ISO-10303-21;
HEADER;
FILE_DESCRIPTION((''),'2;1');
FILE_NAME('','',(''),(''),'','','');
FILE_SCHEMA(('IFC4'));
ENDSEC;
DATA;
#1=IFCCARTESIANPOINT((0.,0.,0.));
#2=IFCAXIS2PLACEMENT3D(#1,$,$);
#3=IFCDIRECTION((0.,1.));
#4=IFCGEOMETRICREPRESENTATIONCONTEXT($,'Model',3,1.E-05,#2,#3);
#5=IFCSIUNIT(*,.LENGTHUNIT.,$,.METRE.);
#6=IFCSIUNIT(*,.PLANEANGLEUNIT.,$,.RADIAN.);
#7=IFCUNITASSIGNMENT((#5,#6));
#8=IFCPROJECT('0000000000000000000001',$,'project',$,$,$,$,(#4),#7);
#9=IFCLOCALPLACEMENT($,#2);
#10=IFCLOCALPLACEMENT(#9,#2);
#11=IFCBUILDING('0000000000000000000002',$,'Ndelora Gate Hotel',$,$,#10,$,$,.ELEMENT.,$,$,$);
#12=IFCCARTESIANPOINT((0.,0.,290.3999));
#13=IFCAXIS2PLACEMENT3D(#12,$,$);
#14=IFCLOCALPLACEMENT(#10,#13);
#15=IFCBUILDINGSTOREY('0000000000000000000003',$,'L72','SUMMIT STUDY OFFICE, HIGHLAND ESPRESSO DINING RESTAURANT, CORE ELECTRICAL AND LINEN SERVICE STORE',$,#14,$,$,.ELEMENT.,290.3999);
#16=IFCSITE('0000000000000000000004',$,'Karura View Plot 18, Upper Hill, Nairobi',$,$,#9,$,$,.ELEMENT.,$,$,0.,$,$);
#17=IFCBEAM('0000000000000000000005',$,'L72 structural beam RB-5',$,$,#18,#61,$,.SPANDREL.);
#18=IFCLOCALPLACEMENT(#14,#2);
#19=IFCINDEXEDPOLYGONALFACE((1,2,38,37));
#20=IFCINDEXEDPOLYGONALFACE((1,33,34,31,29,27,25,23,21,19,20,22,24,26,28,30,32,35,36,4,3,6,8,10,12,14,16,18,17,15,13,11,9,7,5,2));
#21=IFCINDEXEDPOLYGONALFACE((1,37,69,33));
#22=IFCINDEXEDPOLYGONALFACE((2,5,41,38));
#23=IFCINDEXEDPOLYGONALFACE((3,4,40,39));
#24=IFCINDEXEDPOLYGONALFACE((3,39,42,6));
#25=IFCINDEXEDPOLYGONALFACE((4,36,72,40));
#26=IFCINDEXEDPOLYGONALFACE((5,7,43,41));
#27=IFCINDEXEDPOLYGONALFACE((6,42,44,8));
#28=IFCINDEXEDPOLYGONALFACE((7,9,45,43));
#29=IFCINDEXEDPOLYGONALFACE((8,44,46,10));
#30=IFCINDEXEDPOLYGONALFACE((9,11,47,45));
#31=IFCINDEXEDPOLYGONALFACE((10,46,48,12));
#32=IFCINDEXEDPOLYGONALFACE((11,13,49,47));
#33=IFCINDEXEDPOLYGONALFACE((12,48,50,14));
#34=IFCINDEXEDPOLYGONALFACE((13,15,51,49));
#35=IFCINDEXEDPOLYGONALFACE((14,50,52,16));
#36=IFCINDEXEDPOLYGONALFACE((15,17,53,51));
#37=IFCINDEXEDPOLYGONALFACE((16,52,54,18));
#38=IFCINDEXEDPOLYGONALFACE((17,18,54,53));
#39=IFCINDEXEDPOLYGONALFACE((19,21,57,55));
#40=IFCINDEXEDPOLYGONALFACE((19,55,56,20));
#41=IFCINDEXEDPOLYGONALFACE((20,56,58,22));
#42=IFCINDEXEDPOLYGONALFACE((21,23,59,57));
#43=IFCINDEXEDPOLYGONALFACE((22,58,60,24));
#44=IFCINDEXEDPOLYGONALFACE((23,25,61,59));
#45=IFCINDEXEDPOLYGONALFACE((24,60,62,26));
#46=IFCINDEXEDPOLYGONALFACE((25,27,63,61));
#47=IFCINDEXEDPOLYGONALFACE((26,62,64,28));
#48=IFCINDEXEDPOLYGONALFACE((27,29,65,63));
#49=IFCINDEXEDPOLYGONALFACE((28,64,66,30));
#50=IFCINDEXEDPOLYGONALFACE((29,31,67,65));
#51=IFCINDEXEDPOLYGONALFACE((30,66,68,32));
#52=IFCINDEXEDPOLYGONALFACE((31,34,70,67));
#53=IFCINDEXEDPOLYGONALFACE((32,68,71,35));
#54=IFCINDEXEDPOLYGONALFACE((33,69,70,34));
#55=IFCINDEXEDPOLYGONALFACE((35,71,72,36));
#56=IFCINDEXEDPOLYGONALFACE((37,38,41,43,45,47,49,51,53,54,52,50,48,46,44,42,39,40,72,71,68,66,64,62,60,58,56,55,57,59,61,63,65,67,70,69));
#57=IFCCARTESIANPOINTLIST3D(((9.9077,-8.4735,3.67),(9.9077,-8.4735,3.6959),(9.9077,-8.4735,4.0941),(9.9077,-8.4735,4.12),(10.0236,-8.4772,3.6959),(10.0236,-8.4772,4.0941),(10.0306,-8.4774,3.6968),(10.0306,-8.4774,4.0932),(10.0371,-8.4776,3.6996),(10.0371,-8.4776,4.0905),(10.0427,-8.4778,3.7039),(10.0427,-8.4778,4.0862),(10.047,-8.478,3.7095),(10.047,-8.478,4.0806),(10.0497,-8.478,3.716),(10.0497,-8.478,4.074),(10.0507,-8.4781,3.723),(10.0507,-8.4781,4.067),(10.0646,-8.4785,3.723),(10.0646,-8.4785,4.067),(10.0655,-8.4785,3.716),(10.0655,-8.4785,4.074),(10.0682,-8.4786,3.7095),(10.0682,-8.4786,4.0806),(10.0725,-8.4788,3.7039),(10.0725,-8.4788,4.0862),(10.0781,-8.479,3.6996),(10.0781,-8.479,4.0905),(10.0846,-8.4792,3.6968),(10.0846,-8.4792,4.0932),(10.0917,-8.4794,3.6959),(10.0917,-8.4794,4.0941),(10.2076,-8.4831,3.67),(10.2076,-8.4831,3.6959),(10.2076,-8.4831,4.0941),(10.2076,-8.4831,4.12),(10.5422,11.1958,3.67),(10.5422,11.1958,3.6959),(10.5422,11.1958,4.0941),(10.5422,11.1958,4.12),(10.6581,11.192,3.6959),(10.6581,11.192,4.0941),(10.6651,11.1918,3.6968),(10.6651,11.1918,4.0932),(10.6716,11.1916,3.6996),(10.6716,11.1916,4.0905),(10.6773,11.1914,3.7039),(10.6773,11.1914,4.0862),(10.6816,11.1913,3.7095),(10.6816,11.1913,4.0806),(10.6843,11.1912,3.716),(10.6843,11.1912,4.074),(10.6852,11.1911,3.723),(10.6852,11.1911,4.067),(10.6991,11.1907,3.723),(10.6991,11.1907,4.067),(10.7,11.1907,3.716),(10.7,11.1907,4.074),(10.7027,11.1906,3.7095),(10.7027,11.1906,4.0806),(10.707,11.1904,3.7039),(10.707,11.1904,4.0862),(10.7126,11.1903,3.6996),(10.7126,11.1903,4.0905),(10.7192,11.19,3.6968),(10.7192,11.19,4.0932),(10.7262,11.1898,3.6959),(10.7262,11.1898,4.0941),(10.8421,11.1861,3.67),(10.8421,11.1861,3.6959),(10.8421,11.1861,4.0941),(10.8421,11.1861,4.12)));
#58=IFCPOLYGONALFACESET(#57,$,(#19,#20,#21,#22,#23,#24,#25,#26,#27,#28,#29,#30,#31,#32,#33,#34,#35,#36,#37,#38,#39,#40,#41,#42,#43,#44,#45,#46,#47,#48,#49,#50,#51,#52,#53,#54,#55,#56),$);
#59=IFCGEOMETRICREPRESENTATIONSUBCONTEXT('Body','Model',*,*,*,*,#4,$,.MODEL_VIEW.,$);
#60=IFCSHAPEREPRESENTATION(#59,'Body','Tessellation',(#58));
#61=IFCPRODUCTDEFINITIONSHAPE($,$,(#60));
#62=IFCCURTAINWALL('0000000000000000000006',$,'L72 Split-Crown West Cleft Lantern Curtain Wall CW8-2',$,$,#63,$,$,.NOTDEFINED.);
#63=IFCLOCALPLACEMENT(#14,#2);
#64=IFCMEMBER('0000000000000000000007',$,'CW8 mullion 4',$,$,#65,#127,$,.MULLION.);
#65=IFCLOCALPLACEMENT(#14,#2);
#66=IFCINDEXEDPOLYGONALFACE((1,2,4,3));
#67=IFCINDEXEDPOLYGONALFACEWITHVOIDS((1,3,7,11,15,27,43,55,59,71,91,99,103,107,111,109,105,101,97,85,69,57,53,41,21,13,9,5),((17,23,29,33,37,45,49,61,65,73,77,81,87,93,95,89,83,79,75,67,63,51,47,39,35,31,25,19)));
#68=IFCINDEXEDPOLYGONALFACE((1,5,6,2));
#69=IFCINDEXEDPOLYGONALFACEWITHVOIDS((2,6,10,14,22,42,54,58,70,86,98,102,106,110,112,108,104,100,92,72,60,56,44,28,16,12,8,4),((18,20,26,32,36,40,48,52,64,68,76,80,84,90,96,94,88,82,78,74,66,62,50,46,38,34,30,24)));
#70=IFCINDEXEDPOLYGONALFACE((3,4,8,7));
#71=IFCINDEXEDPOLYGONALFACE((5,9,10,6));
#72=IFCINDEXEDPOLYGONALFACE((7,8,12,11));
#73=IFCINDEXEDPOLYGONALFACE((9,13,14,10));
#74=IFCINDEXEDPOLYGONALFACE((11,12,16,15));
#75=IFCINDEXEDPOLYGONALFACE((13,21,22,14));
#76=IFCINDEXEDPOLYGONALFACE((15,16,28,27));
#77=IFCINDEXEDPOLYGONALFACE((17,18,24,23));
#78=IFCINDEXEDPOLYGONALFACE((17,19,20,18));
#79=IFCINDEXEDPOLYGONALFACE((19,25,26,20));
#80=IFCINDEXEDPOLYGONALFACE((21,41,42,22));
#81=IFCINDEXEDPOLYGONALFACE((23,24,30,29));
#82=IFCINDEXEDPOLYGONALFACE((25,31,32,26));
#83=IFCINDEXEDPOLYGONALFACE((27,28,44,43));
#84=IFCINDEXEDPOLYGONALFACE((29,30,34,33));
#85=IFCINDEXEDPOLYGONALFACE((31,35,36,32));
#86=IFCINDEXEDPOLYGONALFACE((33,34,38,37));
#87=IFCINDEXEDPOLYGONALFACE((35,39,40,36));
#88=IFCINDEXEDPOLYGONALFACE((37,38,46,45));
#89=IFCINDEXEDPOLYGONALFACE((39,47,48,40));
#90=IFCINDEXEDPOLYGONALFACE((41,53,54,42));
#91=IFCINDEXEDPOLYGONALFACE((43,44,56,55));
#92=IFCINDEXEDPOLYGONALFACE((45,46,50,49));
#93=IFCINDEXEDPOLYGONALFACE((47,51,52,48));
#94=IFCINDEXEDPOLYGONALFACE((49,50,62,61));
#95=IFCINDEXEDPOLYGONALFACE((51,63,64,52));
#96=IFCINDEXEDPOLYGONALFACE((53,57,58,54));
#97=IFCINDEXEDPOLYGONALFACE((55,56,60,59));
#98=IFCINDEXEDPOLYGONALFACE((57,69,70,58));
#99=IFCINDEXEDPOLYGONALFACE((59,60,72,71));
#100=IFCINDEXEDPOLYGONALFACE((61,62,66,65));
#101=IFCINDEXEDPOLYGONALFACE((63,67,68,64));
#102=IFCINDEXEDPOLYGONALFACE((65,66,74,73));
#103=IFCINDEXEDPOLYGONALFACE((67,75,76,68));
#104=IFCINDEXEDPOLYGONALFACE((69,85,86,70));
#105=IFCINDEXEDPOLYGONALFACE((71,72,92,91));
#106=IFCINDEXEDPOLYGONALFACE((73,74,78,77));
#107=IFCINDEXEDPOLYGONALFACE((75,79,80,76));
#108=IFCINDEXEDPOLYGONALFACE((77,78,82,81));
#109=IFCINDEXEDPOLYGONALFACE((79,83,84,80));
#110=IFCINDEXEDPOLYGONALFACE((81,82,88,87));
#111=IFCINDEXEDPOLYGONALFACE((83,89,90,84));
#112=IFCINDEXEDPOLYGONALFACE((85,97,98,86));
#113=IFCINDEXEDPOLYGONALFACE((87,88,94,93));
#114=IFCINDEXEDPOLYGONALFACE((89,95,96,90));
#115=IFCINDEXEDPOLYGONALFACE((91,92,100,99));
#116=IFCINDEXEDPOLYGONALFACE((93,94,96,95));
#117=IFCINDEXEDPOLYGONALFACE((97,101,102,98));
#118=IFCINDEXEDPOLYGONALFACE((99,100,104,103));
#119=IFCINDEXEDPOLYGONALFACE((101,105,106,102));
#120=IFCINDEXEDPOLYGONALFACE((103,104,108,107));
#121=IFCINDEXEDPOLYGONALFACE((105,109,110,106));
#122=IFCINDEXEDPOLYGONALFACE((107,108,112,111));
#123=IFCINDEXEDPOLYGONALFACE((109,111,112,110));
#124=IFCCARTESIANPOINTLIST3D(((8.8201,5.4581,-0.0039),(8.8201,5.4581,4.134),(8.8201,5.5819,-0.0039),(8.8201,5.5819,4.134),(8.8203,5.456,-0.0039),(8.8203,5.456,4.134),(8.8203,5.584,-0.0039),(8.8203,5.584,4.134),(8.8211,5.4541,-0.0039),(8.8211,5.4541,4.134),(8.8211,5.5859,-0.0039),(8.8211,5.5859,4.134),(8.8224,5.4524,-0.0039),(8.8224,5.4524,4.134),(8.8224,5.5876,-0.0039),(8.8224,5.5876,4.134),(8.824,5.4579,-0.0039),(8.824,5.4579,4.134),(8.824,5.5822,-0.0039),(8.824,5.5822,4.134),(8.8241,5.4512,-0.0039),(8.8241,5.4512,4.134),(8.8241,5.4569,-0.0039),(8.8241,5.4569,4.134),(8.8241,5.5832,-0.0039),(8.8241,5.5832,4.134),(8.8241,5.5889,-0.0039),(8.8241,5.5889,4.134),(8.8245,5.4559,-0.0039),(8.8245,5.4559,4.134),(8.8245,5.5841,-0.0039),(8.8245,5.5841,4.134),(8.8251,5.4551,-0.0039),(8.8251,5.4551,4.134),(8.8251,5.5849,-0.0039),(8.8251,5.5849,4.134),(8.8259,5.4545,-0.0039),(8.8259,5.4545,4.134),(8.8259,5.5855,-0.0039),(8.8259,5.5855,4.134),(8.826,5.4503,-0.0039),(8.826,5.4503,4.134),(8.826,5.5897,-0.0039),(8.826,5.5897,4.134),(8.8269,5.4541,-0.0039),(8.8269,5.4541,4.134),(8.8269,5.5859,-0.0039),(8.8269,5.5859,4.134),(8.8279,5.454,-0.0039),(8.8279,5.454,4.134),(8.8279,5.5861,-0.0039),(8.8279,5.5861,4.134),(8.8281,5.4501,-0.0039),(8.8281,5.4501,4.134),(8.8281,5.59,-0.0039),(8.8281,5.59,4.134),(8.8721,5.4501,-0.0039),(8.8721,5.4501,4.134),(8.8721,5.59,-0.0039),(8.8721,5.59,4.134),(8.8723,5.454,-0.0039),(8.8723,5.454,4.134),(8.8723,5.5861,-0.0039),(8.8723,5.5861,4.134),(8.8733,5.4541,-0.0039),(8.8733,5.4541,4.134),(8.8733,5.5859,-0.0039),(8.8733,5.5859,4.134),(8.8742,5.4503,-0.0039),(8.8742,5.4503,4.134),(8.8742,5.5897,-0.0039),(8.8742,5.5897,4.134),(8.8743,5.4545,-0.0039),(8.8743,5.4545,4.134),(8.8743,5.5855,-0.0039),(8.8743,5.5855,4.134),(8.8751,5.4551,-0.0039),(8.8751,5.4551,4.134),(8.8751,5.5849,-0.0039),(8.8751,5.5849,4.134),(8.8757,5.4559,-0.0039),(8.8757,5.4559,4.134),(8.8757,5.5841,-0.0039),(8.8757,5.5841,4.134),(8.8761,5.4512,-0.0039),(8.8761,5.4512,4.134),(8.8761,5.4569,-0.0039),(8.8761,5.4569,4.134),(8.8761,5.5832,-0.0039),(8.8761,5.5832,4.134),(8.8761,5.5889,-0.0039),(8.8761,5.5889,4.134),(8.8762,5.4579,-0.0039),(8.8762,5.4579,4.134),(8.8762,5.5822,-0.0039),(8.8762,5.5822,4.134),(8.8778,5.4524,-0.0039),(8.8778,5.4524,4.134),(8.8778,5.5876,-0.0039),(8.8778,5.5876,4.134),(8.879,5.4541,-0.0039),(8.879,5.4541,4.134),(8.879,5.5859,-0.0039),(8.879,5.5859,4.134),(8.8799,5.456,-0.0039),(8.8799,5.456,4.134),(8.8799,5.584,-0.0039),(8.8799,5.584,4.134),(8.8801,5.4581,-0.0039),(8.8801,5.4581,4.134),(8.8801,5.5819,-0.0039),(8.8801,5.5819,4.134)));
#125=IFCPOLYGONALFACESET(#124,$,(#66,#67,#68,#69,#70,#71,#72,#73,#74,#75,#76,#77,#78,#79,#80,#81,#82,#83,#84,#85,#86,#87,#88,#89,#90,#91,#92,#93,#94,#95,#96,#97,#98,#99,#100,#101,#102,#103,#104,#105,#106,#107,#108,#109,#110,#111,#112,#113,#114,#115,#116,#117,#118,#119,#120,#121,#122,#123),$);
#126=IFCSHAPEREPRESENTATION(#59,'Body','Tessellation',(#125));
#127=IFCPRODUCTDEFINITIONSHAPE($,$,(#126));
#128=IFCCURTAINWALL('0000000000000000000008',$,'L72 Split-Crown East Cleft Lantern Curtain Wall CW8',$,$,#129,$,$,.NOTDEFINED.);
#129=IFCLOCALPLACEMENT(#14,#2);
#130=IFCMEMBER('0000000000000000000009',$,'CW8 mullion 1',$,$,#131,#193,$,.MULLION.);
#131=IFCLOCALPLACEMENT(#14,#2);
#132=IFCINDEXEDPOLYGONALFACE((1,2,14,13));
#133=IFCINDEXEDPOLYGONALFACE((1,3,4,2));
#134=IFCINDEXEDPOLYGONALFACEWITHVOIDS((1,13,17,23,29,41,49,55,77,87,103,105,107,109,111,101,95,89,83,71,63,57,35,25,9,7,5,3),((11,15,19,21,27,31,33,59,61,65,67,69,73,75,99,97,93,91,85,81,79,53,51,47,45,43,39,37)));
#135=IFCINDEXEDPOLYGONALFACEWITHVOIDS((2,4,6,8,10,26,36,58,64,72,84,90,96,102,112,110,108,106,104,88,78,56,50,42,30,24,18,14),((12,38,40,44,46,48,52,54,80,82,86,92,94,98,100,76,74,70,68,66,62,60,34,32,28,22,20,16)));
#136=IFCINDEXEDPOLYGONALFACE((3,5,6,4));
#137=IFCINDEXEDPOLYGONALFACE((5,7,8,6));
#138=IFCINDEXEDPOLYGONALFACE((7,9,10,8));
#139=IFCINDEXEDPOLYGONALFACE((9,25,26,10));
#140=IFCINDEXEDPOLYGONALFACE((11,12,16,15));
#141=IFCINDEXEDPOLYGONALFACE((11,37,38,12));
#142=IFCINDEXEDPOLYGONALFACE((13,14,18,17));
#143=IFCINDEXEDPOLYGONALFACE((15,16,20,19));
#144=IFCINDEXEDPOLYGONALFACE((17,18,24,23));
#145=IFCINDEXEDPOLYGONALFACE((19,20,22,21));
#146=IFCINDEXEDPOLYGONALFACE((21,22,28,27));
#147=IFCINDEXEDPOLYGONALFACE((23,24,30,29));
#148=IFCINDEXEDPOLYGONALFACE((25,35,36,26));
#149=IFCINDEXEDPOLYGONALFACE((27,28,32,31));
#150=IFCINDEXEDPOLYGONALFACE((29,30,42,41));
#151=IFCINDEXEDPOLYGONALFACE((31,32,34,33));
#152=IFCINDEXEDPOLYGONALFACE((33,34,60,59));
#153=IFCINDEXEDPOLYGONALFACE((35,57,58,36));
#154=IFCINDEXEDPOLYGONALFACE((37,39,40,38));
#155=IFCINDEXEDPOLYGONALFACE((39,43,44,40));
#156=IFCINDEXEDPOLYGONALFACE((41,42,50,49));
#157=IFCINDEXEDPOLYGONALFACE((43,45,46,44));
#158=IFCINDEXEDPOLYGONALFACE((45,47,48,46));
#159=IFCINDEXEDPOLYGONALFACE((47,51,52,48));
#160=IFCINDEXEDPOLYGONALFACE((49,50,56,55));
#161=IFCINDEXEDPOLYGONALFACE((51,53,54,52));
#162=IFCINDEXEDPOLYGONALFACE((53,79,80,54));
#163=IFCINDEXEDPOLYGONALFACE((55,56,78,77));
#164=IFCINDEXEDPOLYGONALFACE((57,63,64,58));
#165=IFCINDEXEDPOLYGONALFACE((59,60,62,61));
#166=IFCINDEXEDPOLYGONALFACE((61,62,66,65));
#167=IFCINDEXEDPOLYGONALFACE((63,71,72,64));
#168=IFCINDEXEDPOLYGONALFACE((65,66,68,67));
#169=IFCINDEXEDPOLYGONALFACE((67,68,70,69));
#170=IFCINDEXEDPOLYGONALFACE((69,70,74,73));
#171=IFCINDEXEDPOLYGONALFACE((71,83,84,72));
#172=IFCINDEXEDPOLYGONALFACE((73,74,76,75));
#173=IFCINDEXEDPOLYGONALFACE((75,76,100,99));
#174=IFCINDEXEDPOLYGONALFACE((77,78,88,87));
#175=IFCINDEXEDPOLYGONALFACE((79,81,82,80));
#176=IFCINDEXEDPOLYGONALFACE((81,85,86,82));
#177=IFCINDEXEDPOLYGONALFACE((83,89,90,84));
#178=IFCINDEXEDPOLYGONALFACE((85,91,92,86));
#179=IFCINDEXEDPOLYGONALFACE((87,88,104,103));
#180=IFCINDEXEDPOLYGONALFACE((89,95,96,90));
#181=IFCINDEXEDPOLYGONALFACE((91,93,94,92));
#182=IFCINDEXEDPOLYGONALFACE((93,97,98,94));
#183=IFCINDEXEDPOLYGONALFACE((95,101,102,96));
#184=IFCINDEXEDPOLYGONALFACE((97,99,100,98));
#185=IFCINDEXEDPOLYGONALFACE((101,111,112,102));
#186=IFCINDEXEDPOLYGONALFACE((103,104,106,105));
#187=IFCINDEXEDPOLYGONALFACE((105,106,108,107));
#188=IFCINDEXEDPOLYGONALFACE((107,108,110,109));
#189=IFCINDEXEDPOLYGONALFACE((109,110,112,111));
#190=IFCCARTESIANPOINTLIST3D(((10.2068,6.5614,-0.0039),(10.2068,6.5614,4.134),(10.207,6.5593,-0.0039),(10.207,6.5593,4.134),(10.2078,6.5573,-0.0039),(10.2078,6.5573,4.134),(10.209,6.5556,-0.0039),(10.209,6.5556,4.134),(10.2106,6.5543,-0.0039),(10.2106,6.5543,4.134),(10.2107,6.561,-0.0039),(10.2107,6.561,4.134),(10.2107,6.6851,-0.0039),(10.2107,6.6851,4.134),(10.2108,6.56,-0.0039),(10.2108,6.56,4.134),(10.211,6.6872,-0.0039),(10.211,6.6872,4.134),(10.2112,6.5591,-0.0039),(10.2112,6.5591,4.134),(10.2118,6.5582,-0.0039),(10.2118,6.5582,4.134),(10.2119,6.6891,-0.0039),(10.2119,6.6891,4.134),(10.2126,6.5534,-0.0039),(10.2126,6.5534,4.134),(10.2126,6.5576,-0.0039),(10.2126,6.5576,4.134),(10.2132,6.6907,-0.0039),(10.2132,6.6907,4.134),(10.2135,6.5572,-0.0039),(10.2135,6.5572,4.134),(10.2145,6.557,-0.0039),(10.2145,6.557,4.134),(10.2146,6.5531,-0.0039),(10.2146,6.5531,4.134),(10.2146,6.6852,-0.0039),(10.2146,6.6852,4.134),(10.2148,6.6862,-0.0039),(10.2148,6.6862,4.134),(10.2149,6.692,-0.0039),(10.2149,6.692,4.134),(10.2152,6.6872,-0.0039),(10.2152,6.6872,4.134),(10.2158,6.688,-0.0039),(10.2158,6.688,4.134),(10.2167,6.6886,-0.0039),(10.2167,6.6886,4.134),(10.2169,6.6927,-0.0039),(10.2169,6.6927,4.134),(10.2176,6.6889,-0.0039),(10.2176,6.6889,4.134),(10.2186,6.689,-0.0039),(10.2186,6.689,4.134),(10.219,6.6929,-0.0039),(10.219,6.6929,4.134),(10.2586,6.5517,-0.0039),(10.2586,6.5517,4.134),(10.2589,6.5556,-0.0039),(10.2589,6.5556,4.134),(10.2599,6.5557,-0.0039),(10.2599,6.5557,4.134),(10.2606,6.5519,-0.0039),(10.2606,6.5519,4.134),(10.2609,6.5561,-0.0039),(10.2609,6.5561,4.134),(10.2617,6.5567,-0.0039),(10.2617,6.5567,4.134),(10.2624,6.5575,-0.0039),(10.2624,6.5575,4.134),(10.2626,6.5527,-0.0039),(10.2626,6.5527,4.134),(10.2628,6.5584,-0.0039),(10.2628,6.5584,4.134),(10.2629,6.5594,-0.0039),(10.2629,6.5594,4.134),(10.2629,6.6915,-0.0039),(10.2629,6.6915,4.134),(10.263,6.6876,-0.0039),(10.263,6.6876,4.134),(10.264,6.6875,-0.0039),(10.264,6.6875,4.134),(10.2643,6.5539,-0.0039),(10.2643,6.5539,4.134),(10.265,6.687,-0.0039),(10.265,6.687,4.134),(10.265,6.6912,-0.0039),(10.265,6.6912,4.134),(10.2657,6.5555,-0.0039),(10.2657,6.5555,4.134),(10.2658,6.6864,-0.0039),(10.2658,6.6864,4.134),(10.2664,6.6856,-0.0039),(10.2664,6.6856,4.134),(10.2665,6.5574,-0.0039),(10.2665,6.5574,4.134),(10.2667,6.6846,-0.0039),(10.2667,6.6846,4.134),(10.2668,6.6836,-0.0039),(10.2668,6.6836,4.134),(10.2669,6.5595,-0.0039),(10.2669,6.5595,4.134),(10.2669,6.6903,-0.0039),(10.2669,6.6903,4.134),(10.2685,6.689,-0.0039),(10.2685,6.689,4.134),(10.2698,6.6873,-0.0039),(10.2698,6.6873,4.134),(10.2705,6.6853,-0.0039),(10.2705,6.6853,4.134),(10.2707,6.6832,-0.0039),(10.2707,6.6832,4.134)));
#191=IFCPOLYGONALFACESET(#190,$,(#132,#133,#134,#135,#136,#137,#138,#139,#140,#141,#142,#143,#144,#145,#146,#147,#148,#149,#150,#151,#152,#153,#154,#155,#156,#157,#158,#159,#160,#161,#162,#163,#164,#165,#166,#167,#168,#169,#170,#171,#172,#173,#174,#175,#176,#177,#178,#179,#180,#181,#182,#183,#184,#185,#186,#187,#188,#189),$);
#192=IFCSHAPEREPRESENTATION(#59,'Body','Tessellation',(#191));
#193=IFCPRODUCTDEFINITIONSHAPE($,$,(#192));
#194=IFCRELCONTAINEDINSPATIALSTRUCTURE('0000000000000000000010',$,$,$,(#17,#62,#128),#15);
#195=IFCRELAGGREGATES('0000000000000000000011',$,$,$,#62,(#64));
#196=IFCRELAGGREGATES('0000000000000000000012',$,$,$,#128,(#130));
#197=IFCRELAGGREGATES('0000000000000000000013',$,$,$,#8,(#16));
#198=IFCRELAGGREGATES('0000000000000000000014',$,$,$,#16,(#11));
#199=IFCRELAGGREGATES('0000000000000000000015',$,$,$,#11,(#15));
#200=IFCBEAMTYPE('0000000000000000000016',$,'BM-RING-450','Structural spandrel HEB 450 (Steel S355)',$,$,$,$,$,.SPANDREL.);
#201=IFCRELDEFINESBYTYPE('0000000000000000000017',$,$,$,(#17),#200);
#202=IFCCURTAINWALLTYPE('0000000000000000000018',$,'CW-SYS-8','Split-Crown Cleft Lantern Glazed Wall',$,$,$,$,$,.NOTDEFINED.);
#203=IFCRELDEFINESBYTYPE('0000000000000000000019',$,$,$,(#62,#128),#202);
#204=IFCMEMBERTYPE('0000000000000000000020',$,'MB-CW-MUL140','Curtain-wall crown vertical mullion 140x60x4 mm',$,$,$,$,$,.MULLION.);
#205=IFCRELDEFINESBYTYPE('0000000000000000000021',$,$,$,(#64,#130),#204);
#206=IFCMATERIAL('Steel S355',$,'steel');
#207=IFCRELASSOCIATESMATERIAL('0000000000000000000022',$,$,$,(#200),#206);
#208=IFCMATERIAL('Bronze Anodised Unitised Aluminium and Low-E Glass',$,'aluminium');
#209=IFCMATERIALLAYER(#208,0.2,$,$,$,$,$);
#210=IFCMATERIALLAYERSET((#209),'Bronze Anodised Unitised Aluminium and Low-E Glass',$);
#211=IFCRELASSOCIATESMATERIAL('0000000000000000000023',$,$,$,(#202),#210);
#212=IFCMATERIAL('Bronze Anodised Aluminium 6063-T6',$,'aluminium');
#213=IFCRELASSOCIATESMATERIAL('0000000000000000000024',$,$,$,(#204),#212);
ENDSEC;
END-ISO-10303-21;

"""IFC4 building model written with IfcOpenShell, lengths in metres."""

from ifc_helpers import new_model, si_unit, direction, frame, origin, origin_2d, place, context, subcontext, project, spatial, hollow_rectangle, i_section, extrude, material, layer, layer_set, material_profile, profile_set, type_object, element, aggregate, save


model = new_model("IFC4")

# Units and contexts
model_context = context("Model", 3, precision=1e-05, world=origin(), true_north=direction((0.0, 1.0)))
body_context = subcontext(model_context, "Body", "Model", "MODEL_VIEW")
ifc_project = project(units=[si_unit("LENGTHUNIT", "METRE"), si_unit("PLANEANGLEUNIT", "RADIAN")], contexts=[model_context])

# Site, building, storey
site_placement = place(None, origin())
site = spatial("IfcSite", under=ifc_project, at=site_placement, Name="Karura View Plot 18, Upper Hill, Nairobi", CompositionType="ELEMENT", RefElevation=0.0)
building_placement = place(site_placement, origin())
building = spatial("IfcBuilding", under=site, at=building_placement, Name="Ndelora Gate Hotel", CompositionType="ELEMENT")
storey_placement = place(building_placement, frame((0.0, 0.0, 290.3999)))
storey = spatial("IfcBuildingStorey", under=building, at=storey_placement, Name="L72", Description="SUMMIT STUDY OFFICE, HIGHLAND ESPRESSO DINING RESTAURANT, CORE ELECTRICAL AND LINEN SERVICE STORE", CompositionType="ELEMENT", Elevation=290.3999)

# Beam
ifc_material_1 = material(Name="Steel S355", Category="steel")
ifc_material_profile_1 = material_profile(ifc_material_1, i_section(OverallWidth=0.3, OverallDepth=0.45, WebThickness=0.0139, FlangeThickness=0.0259, FilletRadius=0.0271, at=origin_2d()), Name="HEB 450")
ifc_profile_set_1 = profile_set([ifc_material_profile_1], Name="Steel S355")
beam_type = type_object("IfcBeamType", Name="BM-RING-450", Description="Structural spandrel HEB 450 (Steel S355)", PredefinedType="SPANDREL", material=ifc_profile_set_1)
beam_1_placement = place(storey_placement, frame((10.6921, 11.1909, 3.895), z_axis=(-0.032243, -0.99948, 0.0), x_axis=(0.99948, -0.032243, 0.0)))
element("IfcBeam", 1, at=beam_1_placement, inside=storey, type_object=beam_type, Name="L72 structural beam RB-5", PredefinedType="SPANDREL", context=body_context, shape_type="SweptSolid", body=[
    extrude(i_section(OverallWidth=0.3, OverallDepth=0.45, WebThickness=0.0139, FlangeThickness=0.0259, FilletRadius=0.0271, at=origin_2d()), origin(), (0.0, 0.0, 1.0), 19.6794),
])

# Curtain wall, member
ifc_material_2 = material(Name="Bronze Anodised Unitised Aluminium and Low-E Glass", Category="aluminium")
ifc_layer_1 = layer(ifc_material_2, 0.2)
ifc_layer_set_1 = layer_set([ifc_layer_1], Name="Bronze Anodised Unitised Aluminium and Low-E Glass")
curtain_wall_type = type_object("IfcCurtainWallType", Name="CW-SYS-8", Description="Split-Crown Cleft Lantern Glazed Wall", PredefinedType="NOTDEFINED", material=ifc_layer_set_1)
curtain_wall_1_placement = place(storey_placement, origin())
curtain_wall_1 = element("IfcCurtainWall", 2, at=curtain_wall_1_placement, inside=storey, type_object=curtain_wall_type, Name="L72 Split-Crown West Cleft Lantern Curtain Wall CW8-2", PredefinedType="NOTDEFINED")
ifc_material_3 = material(Name="Bronze Anodised Aluminium 6063-T6", Category="aluminium")
ifc_material_profile_2 = material_profile(ifc_material_3, hollow_rectangle(XDim=0.0601, YDim=0.1399, WallThickness=0.0039, InnerFilletRadius=0.0039, OuterFilletRadius=0.0081, at=origin_2d()), Name="ALU 140x60x4")
ifc_profile_set_2 = profile_set([ifc_material_profile_2], Name="Bronze Anodised Aluminium 6063-T6")
member_type_1 = type_object("IfcMemberType", Name="MB-CW-MUL140", Description="Curtain-wall crown vertical mullion 140x60x4 mm", PredefinedType="MULLION", material=ifc_profile_set_2)
member_1_placement = place(storey_placement, frame((8.8501, 5.52, -0.0039), z_axis=(0.0, 0.0, 1.0), x_axis=(-1.0, 0.0, 0.0)))
member_1 = element("IfcMember", 3, at=member_1_placement, type_object=member_type_1, Name="CW8 mullion 4", PredefinedType="MULLION", context=body_context, shape_type="SweptSolid", body=[
    extrude(hollow_rectangle(XDim=0.0601, YDim=0.1399, WallThickness=0.0039, InnerFilletRadius=0.0039, OuterFilletRadius=0.0081, at=origin_2d()), origin(), (0.0, 0.0, 1.0), 4.1379),
])
aggregate(curtain_wall_1, [member_1])

# Curtain wall, member
curtain_wall_2_placement = place(storey_placement, origin())
curtain_wall_2 = element("IfcCurtainWall", 4, at=curtain_wall_2_placement, inside=storey, type_object=curtain_wall_type, Name="L72 Split-Crown East Cleft Lantern Curtain Wall CW8", PredefinedType="NOTDEFINED")
member_2_placement = place(storey_placement, frame((10.2388, 6.6223, -0.0039), z_axis=(0.0, 0.0, 1.0), x_axis=(0.999515, -0.031131, 0.0)))
member_2 = element("IfcMember", 5, at=member_2_placement, type_object=member_type_1, Name="CW8 mullion 1", PredefinedType="MULLION", context=body_context, shape_type="SweptSolid", body=[
    extrude(hollow_rectangle(XDim=0.0601, YDim=0.1399, WallThickness=0.0039, InnerFilletRadius=0.0039, OuterFilletRadius=0.0081, at=origin_2d()), origin(), (0.0, 0.0, 1.0), 4.1379),
])
aggregate(curtain_wall_2, [member_2])

save(model, "model.ifc")
